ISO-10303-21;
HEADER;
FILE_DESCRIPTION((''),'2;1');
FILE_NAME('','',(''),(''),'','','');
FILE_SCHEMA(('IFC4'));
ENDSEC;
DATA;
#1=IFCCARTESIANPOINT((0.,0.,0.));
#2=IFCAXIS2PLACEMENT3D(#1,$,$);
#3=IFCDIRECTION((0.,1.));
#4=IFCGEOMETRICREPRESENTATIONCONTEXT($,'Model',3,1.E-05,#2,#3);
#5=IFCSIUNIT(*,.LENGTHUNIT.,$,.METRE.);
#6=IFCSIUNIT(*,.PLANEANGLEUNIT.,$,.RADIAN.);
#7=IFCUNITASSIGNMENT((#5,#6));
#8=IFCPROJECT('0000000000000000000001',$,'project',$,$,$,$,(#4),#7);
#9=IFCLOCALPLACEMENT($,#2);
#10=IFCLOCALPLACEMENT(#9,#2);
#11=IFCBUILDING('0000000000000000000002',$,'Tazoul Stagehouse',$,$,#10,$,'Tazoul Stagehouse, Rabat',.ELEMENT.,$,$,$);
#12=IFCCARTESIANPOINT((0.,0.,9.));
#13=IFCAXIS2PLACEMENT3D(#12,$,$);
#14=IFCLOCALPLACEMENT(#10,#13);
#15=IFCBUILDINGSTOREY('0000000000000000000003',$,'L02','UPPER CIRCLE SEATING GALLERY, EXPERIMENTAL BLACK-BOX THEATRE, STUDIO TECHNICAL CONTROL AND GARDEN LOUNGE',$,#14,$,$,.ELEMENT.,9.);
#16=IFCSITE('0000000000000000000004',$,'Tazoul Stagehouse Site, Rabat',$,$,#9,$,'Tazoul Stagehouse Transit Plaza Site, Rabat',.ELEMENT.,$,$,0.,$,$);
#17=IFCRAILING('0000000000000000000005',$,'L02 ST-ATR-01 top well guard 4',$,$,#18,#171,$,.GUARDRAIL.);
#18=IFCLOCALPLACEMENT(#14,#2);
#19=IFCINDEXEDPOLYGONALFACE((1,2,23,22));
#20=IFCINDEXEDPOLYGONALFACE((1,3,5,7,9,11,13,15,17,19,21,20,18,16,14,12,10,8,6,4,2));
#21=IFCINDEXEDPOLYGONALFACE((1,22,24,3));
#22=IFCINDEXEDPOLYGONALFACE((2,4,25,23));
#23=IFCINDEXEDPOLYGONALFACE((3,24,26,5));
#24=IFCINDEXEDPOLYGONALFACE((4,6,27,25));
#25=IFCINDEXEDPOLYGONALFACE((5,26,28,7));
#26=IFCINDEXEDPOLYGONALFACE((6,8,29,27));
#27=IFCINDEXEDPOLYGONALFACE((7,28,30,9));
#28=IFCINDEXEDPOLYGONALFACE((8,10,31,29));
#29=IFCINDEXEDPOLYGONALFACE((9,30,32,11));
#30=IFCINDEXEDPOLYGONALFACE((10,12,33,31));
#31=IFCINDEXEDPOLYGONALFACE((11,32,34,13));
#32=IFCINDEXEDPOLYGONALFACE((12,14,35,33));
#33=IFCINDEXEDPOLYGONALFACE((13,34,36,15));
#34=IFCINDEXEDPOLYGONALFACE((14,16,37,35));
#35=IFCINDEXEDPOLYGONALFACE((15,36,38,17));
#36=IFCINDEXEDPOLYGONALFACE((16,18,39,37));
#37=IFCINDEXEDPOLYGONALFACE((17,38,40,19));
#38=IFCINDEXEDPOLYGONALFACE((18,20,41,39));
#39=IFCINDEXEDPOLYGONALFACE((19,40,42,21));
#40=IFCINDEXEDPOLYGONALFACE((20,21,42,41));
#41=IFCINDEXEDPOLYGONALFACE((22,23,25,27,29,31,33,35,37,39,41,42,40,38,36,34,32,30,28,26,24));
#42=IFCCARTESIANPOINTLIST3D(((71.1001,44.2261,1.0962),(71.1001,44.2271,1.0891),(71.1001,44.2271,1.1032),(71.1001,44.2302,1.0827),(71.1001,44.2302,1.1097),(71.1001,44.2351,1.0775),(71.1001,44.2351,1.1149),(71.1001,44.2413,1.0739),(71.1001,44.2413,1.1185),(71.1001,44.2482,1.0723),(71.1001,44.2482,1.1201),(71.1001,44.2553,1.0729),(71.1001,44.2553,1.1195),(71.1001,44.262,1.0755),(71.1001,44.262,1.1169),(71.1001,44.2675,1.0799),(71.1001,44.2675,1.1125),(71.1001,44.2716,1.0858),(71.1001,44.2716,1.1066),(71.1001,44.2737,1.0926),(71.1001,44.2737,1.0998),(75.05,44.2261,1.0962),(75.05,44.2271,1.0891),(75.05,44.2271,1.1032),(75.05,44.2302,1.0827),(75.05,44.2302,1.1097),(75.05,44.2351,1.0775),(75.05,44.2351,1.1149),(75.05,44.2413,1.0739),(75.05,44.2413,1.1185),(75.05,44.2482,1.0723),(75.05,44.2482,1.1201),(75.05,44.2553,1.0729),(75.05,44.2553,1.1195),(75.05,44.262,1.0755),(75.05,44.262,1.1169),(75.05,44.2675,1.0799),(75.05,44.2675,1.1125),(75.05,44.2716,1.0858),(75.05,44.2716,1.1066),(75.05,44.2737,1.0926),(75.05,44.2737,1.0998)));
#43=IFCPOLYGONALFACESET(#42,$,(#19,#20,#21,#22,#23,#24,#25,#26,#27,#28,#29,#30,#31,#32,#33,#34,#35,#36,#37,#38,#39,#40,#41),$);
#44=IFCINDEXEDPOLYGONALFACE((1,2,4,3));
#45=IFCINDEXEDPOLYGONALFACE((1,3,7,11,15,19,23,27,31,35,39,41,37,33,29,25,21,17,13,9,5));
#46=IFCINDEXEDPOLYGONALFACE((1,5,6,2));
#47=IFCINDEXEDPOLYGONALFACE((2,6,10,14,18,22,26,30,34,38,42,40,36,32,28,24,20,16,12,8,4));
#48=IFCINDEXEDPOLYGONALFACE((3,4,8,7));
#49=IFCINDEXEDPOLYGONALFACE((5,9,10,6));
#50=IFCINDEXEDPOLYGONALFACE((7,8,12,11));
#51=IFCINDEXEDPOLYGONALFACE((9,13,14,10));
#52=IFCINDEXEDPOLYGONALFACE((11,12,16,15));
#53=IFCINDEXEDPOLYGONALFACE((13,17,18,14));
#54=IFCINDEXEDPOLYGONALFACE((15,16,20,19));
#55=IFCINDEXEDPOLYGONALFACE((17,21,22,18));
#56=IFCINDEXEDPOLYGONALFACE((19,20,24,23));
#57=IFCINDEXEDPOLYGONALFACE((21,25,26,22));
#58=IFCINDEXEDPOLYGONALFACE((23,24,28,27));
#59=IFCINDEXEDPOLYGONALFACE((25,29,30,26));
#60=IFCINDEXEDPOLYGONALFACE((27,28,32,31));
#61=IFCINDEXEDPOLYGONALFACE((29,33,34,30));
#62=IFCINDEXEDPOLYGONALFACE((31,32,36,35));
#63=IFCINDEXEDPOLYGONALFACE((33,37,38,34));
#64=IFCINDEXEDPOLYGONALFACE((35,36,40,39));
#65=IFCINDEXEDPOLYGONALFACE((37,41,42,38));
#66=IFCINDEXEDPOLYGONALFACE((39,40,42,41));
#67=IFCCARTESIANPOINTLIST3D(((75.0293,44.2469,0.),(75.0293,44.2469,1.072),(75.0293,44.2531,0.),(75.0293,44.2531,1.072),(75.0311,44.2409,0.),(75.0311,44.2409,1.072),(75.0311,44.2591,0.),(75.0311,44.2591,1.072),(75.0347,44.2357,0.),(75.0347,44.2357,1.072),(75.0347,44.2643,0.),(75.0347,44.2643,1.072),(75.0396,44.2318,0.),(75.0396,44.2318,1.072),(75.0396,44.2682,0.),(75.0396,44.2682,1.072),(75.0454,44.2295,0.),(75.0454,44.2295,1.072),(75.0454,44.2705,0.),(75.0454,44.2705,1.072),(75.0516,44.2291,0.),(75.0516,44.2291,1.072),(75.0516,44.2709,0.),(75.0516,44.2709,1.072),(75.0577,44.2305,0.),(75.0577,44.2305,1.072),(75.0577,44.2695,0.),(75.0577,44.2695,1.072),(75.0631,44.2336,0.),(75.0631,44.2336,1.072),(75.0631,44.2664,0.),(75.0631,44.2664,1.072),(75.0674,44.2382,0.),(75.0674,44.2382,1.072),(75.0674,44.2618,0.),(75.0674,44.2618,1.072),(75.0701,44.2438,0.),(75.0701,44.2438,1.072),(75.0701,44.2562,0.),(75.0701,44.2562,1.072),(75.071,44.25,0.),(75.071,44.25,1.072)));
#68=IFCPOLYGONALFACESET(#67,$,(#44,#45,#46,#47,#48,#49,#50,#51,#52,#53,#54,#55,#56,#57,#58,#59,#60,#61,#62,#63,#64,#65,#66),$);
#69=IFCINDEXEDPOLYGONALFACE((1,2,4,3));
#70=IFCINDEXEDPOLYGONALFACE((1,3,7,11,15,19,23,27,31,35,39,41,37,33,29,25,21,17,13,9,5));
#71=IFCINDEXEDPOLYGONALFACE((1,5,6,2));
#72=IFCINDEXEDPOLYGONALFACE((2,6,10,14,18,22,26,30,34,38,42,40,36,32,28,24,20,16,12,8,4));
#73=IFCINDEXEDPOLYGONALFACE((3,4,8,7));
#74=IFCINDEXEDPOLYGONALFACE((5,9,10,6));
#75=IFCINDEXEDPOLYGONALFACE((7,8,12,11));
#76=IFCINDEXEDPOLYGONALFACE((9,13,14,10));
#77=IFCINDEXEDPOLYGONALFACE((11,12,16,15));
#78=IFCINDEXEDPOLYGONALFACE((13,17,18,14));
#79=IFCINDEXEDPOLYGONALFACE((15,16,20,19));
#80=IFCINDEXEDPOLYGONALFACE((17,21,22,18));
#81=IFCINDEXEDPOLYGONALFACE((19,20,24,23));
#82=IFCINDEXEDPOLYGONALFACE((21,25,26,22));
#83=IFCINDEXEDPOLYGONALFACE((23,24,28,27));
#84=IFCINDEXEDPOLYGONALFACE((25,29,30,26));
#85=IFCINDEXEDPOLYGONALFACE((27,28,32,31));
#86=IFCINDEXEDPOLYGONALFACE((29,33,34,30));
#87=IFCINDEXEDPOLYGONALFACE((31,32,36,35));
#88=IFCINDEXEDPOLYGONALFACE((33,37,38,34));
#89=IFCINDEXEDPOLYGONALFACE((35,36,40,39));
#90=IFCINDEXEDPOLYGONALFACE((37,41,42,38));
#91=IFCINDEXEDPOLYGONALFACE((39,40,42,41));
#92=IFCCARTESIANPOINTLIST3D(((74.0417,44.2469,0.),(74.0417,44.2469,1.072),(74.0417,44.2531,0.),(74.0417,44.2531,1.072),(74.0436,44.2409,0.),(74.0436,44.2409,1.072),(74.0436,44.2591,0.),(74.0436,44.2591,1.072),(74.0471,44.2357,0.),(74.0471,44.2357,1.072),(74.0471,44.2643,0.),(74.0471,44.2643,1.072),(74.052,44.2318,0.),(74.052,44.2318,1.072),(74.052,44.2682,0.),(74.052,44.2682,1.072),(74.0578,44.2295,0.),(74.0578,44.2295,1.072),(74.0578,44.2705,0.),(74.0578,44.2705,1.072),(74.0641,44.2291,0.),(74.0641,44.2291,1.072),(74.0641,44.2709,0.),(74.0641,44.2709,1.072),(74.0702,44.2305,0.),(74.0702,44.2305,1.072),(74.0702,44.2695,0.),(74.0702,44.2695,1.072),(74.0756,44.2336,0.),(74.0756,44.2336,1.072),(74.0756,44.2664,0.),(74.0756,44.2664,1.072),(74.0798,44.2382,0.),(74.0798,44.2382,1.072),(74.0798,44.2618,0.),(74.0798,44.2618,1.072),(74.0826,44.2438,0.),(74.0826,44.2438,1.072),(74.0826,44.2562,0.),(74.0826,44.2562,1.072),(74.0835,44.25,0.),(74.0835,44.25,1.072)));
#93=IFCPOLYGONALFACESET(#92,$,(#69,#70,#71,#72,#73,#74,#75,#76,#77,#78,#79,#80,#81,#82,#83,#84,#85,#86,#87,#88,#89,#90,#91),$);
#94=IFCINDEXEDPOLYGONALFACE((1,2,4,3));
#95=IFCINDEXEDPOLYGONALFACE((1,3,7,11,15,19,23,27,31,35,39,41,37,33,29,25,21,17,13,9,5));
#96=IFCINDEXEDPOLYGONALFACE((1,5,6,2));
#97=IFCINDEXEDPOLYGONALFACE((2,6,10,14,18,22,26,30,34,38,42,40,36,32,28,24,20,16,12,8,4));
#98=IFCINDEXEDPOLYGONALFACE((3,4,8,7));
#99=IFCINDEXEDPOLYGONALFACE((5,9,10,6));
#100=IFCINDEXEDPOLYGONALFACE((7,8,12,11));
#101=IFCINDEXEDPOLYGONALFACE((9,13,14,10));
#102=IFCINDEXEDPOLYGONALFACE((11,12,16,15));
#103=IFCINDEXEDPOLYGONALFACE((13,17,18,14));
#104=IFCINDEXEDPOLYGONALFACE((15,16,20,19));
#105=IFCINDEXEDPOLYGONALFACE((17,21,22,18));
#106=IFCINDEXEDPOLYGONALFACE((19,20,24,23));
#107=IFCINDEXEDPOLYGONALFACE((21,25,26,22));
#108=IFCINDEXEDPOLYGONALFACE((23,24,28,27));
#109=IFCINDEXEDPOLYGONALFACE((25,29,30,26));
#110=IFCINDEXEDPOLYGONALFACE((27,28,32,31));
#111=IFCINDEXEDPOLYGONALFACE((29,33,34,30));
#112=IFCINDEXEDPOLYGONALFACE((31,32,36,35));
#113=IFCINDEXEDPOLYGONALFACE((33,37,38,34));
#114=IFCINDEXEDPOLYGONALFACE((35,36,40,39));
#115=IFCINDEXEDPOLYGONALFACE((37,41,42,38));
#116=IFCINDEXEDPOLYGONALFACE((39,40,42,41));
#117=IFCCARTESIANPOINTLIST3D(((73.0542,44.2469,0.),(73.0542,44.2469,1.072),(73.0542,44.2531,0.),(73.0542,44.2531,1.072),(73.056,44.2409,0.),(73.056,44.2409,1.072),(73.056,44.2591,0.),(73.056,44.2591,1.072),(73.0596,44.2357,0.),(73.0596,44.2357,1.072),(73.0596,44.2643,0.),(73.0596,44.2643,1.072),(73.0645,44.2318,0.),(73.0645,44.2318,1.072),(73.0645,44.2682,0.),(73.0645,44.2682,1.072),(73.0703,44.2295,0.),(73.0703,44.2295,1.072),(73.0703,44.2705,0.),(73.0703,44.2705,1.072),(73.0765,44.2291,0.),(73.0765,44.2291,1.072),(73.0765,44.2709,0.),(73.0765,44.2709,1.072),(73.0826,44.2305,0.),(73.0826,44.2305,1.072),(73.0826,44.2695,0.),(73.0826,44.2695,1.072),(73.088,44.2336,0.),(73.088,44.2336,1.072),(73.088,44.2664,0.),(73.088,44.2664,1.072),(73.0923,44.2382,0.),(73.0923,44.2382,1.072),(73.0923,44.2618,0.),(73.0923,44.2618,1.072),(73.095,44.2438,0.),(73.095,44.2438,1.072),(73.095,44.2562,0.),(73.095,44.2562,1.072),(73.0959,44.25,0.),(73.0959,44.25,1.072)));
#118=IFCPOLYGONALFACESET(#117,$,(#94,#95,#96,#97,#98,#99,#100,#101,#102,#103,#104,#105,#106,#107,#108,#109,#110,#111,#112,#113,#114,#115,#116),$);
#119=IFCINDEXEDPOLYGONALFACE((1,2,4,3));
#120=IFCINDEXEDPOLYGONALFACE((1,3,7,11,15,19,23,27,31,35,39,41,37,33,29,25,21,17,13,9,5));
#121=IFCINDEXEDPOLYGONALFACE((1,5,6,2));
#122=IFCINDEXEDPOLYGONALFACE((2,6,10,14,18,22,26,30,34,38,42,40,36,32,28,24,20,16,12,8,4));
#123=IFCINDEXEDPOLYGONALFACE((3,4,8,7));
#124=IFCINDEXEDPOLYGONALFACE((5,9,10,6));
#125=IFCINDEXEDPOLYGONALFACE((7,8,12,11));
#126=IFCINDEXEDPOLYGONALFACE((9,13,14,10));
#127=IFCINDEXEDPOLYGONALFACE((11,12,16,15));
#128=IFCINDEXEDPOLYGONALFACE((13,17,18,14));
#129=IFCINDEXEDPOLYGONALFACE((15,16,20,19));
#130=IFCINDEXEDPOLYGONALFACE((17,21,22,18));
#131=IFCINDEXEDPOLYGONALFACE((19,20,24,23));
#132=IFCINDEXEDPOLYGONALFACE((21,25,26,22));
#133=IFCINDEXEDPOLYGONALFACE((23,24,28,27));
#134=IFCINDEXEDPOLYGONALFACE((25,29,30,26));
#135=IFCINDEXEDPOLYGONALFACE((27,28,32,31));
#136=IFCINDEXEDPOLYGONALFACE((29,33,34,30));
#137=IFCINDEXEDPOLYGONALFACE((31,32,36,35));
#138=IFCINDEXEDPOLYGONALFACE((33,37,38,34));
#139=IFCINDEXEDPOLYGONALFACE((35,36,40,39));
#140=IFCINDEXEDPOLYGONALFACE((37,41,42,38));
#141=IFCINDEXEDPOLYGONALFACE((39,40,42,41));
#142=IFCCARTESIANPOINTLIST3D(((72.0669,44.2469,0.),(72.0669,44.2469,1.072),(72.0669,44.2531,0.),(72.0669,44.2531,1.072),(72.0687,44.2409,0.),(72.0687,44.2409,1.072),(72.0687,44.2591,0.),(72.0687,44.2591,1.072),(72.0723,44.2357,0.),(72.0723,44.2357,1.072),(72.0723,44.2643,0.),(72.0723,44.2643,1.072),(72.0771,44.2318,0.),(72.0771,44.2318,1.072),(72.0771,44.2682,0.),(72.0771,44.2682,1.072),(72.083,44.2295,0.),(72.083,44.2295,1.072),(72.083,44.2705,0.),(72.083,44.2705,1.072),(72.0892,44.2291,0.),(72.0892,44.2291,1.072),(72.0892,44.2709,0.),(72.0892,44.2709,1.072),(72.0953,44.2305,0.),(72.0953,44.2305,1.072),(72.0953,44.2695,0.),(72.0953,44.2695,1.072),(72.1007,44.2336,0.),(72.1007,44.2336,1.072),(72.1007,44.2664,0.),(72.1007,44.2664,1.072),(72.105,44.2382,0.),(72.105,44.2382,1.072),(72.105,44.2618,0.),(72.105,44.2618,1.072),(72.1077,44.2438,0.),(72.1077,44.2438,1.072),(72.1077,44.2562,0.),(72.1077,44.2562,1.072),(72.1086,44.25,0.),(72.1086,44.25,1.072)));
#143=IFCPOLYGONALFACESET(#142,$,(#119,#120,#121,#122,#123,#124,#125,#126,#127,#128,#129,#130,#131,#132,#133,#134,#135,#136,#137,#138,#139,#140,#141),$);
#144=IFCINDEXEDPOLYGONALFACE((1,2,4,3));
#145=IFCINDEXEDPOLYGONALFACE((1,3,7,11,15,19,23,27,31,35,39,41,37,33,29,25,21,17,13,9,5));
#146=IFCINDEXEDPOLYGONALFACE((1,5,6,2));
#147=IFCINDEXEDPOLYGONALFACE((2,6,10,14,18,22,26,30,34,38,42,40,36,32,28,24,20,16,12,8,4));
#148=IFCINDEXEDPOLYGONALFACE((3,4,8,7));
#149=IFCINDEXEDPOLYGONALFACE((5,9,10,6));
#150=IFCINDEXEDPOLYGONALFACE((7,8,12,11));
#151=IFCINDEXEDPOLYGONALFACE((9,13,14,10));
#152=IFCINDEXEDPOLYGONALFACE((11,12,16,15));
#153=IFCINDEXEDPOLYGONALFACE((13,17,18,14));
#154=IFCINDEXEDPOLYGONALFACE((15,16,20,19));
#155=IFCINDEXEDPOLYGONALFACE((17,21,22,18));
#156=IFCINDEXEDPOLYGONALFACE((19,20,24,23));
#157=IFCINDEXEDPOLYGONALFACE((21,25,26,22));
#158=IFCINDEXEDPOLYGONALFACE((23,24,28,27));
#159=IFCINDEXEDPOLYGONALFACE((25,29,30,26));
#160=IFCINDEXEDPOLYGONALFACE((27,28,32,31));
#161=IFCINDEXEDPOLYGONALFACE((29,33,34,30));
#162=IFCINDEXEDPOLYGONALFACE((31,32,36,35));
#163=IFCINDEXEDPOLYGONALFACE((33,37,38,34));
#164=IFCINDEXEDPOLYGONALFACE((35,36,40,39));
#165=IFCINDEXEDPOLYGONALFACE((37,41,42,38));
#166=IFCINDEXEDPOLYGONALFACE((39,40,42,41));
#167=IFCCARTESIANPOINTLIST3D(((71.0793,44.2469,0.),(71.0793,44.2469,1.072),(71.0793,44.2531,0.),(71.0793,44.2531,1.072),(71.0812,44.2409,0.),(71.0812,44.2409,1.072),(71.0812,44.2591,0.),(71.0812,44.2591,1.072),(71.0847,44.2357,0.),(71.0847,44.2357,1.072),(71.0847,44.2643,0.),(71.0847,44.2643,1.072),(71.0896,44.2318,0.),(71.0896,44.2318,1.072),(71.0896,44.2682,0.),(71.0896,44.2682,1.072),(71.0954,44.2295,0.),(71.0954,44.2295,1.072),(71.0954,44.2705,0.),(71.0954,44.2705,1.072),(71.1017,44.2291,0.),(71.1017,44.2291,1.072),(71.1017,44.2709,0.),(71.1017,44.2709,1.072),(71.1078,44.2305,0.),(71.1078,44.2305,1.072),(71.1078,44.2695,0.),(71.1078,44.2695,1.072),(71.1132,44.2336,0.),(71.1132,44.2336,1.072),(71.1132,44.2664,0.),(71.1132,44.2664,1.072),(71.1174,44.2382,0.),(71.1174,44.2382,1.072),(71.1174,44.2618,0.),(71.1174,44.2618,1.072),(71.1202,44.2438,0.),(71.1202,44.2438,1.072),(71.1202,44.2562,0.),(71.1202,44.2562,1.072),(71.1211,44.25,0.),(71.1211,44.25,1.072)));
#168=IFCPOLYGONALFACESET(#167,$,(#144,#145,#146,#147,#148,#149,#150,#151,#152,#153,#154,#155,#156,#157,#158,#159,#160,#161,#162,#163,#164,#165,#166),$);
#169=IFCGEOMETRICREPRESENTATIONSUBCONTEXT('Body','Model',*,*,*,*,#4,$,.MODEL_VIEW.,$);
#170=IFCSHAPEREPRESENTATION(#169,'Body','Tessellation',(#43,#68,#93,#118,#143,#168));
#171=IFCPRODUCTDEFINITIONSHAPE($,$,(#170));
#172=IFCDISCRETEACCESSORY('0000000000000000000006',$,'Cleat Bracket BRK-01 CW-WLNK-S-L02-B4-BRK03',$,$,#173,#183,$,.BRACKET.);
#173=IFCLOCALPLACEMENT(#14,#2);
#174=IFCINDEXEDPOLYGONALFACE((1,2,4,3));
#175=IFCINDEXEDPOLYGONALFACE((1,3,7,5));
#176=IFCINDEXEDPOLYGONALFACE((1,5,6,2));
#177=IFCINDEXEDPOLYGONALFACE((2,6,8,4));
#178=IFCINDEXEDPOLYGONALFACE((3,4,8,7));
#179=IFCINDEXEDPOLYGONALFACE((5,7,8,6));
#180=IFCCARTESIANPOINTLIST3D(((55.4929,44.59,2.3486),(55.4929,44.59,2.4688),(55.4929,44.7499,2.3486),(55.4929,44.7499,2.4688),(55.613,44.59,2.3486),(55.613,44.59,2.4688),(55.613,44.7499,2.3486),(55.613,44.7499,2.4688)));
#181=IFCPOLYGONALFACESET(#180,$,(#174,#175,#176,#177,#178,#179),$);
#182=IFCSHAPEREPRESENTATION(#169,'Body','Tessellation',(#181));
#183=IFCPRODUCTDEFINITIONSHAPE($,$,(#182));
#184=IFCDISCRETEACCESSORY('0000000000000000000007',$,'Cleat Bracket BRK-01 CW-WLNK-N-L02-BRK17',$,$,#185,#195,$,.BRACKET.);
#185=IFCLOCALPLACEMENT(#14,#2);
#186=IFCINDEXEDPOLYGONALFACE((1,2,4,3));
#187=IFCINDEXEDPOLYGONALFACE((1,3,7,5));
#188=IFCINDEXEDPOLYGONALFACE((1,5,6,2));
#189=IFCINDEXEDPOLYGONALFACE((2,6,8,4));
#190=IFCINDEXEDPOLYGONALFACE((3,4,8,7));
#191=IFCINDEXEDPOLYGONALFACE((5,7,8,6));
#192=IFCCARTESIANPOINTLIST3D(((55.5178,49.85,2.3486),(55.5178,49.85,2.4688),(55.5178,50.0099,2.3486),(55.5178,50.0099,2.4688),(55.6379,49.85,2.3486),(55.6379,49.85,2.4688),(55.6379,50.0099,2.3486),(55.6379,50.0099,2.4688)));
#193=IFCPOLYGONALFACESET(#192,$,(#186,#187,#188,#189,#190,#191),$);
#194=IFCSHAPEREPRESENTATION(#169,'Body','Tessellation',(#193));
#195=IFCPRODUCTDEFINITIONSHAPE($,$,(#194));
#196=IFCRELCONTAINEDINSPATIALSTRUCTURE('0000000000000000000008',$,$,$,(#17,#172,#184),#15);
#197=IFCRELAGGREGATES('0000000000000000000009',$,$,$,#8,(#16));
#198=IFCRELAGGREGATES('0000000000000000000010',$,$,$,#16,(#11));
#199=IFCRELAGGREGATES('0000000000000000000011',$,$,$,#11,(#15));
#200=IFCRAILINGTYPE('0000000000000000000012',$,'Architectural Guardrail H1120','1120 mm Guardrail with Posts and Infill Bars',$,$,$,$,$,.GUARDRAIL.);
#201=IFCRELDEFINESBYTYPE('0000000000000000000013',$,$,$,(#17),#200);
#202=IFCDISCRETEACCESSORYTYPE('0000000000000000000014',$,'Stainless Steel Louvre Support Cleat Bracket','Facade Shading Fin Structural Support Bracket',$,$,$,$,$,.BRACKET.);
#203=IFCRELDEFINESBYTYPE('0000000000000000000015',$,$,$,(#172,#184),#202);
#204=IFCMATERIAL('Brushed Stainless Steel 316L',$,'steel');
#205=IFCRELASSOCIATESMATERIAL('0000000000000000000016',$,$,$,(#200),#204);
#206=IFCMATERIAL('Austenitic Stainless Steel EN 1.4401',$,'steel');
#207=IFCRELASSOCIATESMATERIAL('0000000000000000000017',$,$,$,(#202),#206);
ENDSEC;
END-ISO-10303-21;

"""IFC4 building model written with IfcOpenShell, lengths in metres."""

from ifc_helpers import new_model, si_unit, direction, frame, origin, origin_2d, place, context, subcontext, project, spatial, rectangle, circle, extrude, material, material_profile, profile_set, type_object, element, save


model = new_model("IFC4")

# Units and contexts
model_context = context("Model", 3, precision=1e-05, world=origin(), true_north=direction((0.0, 1.0)))
body_context = subcontext(model_context, "Body", "Model", "MODEL_VIEW")
ifc_project = project(units=[si_unit("LENGTHUNIT", "METRE"), si_unit("PLANEANGLEUNIT", "RADIAN")], contexts=[model_context])

# Site, building, storey
site_placement = place(None, origin())
site = spatial("IfcSite", under=ifc_project, at=site_placement, Name="Tazoul Stagehouse Site, Rabat", LongName="Tazoul Stagehouse Transit Plaza Site, Rabat", CompositionType="ELEMENT", RefElevation=0.0)
building_placement = place(site_placement, origin())
building = spatial("IfcBuilding", under=site, at=building_placement, Name="Tazoul Stagehouse", LongName="Tazoul Stagehouse, Rabat", CompositionType="ELEMENT")
storey_placement = place(building_placement, frame((0.0, 0.0, 9.0)))
storey = spatial("IfcBuildingStorey", under=building, at=storey_placement, Name="L02", Description="UPPER CIRCLE SEATING GALLERY, EXPERIMENTAL BLACK-BOX THEATRE, STUDIO TECHNICAL CONTROL AND GARDEN LOUNGE", CompositionType="ELEMENT", Elevation=9.0)

# Railing
ifc_material_1 = material(Name="Brushed Stainless Steel 316L", Category="steel")
ifc_material_profile_1 = material_profile(ifc_material_1, circle(Radius=0.0239, at=origin_2d()), Name="SS RAIL D48")
ifc_profile_set_1 = profile_set([ifc_material_profile_1], Name="Brushed Stainless Steel 316L")
railing_type = type_object("IfcRailingType", Name="Architectural Guardrail H1120", Description="1120 mm Guardrail with Posts and Infill Bars", PredefinedType="GUARDRAIL", material=ifc_profile_set_1)
railing_1_placement = place(storey_placement, frame((75.05, 44.25, 0.0)))
element("IfcRailing", 1, at=railing_1_placement, inside=storey, type_object=railing_type, Name="L02 ST-ATR-01 top well guard 4", PredefinedType="GUARDRAIL", context=body_context, shape_type="SweptSolid", body=[
    extrude(circle(Radius=0.0239, at=origin_2d()), frame((0.0, 0.0, 1.0962), z_axis=(-1.0, 0.0, 0.0), x_axis=(0.0, -1.0, 0.0)), (0.0, 0.0, 1.0), 3.95),
    extrude(circle(Radius=0.021, at=origin_2d()), origin(), (0.0, 0.0, 1.0), 1.072),
    extrude(circle(Radius=0.021, at=origin_2d()), frame((-0.9875, 0.0, 0.0)), (0.0, 0.0, 1.0), 1.072),
    extrude(circle(Radius=0.021, at=origin_2d()), frame((-1.9751, 0.0, 0.0)), (0.0, 0.0, 1.0), 1.072),
    extrude(circle(Radius=0.021, at=origin_2d()), frame((-2.9624, 0.0, 0.0)), (0.0, 0.0, 1.0), 1.072),
    extrude(circle(Radius=0.021, at=origin_2d()), frame((-3.95, 0.0, 0.0)), (0.0, 0.0, 1.0), 1.072),
])

# Discrete accessories
ifc_material_2 = material(Name="Austenitic Stainless Steel EN 1.4401", Category="steel")
discrete_accessory_type = type_object("IfcDiscreteAccessoryType", Name="Stainless Steel Louvre Support Cleat Bracket", Description="Facade Shading Fin Structural Support Bracket", PredefinedType="BRACKET", material=ifc_material_2)
for number, where, z_axis, x_axis, name in (
    (2, (55.553, 44.6699, 2.3486), (0.0, 0.0, 1.0), (1.0, 0.0, 0.0), "Cleat Bracket BRK-01 CW-WLNK-S-L02-B4-BRK03"),
    (3, (55.5779, 49.9299, 2.3486), (0.0, 0.0, 1.0), (1.0, 0.0, 0.0), "Cleat Bracket BRK-01 CW-WLNK-N-L02-BRK17"),
):
    element("IfcDiscreteAccessory", number, at=place(storey_placement, frame(where, z_axis=z_axis, x_axis=x_axis)), inside=storey, type_object=discrete_accessory_type, Name=name, PredefinedType="BRACKET", context=body_context, shape_type="SweptSolid", body=[
        extrude(rectangle(XDim=0.1201, YDim=0.1599, at=origin_2d()), origin(), (0.0, 0.0, 1.0), 0.1201),
    ])

save(model, "model.ifc")
